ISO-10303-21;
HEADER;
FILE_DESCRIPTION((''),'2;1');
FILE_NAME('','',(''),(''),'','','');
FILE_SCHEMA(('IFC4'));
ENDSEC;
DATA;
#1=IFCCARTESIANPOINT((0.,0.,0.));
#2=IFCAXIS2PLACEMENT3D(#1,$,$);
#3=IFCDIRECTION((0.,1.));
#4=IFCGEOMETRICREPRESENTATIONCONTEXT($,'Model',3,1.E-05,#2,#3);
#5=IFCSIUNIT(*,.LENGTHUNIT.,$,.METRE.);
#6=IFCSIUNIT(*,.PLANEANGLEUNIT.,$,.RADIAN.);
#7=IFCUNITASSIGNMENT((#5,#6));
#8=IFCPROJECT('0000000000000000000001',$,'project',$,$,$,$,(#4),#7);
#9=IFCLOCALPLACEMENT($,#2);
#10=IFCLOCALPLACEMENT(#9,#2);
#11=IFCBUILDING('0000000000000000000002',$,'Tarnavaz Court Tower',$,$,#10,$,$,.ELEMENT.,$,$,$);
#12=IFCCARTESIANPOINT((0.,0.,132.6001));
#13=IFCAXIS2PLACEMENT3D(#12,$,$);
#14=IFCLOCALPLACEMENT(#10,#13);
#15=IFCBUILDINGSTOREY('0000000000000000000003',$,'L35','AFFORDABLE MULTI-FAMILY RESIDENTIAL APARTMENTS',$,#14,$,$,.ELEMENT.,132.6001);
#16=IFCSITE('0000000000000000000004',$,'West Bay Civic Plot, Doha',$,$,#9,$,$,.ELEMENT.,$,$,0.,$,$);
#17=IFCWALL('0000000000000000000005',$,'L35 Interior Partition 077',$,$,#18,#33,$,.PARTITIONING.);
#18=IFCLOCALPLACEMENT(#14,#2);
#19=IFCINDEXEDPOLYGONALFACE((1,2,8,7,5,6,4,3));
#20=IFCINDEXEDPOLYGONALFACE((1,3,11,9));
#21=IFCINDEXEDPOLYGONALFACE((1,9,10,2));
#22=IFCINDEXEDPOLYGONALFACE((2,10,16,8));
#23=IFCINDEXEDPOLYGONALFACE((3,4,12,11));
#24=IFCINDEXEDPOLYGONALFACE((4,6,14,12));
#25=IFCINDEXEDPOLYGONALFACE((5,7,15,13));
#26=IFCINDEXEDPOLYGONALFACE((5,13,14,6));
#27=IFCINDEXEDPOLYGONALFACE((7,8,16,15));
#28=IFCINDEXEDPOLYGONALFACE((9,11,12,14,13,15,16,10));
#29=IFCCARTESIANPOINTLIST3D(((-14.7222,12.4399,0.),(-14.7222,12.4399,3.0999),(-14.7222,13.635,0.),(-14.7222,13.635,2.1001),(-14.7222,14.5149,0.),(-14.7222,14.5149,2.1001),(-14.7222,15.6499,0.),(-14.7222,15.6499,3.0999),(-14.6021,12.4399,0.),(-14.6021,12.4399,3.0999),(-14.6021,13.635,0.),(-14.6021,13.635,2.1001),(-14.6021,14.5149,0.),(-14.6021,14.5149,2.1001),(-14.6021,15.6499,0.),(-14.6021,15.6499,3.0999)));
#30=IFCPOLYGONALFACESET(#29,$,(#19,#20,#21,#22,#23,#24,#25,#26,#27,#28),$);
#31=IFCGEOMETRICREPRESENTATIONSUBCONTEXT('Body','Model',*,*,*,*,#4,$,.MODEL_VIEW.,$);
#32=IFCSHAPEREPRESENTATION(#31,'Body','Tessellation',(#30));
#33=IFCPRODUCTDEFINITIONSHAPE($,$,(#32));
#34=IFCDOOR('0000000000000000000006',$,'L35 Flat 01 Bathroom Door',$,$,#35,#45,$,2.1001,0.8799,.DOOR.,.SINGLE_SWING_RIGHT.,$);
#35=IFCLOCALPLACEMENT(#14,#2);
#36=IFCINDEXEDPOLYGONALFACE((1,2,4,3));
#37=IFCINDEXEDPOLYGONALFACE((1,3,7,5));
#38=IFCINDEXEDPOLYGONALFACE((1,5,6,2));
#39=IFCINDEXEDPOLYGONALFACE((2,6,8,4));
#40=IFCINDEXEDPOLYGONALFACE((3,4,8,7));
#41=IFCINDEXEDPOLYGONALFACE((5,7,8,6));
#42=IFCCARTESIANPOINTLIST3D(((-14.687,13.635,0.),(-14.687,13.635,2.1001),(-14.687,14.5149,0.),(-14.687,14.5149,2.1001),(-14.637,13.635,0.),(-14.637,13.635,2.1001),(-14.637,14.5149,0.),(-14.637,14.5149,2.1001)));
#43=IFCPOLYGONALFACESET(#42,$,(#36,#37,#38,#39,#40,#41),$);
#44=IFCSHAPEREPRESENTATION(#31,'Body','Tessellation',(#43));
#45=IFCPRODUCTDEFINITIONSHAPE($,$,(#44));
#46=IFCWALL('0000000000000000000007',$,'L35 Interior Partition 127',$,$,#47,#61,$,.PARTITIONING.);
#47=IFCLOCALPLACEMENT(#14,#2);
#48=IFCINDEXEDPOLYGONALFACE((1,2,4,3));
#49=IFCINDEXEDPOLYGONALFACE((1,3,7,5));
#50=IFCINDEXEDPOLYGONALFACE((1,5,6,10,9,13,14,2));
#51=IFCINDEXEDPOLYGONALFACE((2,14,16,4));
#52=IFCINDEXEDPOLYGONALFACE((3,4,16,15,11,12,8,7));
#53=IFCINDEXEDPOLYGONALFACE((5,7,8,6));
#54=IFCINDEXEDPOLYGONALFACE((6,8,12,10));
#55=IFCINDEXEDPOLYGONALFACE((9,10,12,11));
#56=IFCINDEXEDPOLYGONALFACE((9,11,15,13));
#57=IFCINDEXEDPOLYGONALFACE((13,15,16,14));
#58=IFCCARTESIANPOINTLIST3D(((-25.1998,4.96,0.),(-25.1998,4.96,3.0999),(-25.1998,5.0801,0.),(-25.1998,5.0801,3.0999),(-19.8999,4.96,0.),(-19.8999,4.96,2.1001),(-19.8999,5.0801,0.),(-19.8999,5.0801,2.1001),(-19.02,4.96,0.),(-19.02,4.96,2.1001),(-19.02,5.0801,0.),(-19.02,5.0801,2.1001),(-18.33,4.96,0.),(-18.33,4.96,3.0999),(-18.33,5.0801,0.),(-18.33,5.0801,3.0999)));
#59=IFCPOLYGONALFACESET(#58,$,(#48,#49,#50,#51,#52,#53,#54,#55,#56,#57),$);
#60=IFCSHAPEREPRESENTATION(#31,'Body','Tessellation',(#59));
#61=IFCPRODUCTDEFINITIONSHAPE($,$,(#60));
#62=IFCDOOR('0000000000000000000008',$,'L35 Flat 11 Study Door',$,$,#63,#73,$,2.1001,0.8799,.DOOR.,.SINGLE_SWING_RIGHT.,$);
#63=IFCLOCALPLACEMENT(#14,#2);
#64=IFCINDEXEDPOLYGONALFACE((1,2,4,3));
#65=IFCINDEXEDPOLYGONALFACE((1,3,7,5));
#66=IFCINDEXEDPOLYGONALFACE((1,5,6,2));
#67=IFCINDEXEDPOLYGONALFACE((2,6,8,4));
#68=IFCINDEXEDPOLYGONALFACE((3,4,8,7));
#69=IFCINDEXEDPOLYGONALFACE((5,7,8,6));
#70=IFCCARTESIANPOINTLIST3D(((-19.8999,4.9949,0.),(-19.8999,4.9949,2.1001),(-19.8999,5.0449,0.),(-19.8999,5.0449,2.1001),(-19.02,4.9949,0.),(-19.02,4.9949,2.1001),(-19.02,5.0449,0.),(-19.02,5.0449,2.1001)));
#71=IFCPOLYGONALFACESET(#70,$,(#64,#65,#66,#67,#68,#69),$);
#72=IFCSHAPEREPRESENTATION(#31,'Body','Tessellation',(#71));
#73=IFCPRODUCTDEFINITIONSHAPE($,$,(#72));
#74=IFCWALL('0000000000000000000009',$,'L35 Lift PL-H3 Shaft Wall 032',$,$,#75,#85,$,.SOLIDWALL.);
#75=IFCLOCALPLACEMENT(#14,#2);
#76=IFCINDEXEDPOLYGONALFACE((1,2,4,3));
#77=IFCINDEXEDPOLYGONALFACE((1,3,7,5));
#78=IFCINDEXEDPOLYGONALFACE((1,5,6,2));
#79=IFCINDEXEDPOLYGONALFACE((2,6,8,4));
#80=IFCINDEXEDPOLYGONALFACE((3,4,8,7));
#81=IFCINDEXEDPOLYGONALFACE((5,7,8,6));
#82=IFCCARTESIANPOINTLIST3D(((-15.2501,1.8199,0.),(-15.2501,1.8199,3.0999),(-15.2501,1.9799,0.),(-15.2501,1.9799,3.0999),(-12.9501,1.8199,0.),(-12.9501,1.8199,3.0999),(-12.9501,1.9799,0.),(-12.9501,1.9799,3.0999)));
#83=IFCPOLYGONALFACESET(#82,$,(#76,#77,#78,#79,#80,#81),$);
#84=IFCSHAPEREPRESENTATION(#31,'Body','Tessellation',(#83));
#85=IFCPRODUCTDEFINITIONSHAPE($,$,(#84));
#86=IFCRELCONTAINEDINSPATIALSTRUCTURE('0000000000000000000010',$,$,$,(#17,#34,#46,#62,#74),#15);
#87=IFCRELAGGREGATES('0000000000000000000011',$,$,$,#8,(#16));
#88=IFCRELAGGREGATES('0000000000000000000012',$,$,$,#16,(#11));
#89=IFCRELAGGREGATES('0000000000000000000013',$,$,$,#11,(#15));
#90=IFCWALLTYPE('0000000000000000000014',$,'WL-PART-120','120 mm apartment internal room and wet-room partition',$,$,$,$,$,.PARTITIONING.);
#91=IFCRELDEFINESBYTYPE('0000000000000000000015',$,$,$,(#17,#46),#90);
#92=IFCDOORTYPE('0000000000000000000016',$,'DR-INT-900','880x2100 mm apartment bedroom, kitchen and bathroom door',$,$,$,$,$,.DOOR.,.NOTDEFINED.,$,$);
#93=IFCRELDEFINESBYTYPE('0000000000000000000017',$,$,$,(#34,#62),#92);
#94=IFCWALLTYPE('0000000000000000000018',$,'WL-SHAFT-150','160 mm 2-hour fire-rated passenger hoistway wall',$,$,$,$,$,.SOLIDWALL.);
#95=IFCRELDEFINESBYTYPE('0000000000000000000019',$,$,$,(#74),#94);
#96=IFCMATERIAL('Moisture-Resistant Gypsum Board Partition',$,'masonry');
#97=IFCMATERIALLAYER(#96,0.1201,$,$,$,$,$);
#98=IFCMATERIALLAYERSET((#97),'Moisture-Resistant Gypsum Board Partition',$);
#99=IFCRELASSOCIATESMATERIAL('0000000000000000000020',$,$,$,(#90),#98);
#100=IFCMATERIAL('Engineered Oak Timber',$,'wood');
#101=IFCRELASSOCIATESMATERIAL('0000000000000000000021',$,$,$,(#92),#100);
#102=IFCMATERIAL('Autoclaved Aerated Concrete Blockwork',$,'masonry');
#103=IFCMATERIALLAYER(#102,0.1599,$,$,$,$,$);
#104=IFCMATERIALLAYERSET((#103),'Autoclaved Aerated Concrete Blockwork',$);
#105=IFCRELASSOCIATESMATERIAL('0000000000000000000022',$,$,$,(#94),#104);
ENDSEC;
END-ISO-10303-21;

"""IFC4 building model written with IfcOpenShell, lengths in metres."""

from ifc_helpers import new_model, si_unit, direction, frame, frame_2d, origin, place, context, subcontext, project, spatial, rectangle, extrude, material, layer, layer_set, type_object, element, fill, save


model = new_model("IFC4")

# Units and contexts
model_context = context("Model", 3, precision=1e-05, world=origin(), true_north=direction((0.0, 1.0)))
body_context = subcontext(model_context, "Body", "Model", "MODEL_VIEW")
ifc_project = project(units=[si_unit("LENGTHUNIT", "METRE"), si_unit("PLANEANGLEUNIT", "RADIAN")], contexts=[model_context])

# Site, building, storey
site_placement = place(None, origin())
site = spatial("IfcSite", under=ifc_project, at=site_placement, Name="West Bay Civic Plot, Doha", CompositionType="ELEMENT", RefElevation=0.0)
building_placement = place(site_placement, origin())
building = spatial("IfcBuilding", under=site, at=building_placement, Name="Tarnavaz Court Tower", CompositionType="ELEMENT")
storey_placement = place(building_placement, frame((0.0, 0.0, 132.6001)))
storey = spatial("IfcBuildingStorey", under=building, at=storey_placement, Name="L35", Description="AFFORDABLE MULTI-FAMILY RESIDENTIAL APARTMENTS", CompositionType="ELEMENT", Elevation=132.6001)

# Shared definitions
ifc_material_1 = material(Name="Engineered Oak Timber", Category="wood")

# Shared definitions
ifc_material_2 = material(Name="Autoclaved Aerated Concrete Blockwork", Category="masonry")

# Walls, openings, doors
ifc_material_3 = material(Name="Moisture-Resistant Gypsum Board Partition", Category="masonry")
ifc_layer_1 = layer(ifc_material_3, 0.1201)
ifc_layer_set_1 = layer_set([ifc_layer_1], Name="Moisture-Resistant Gypsum Board Partition")
wall_type_1 = type_object("IfcWallType", Name="WL-PART-120", Description="120 mm apartment internal room and wet-room partition", PredefinedType="PARTITIONING", material=ifc_layer_set_1)
wall_1_placement = place(storey_placement, frame((-14.6621, 12.4399, 0.0), z_axis=(0.0, 0.0, 1.0), x_axis=(0.0, 1.0, 0.0)))
wall_1 = element("IfcWall", 1, at=wall_1_placement, inside=storey, type_object=wall_type_1, Name="L35 Interior Partition 077", PredefinedType="PARTITIONING", context=body_context, shape_type="SweptSolid", body=[
    extrude(rectangle(XDim=3.21, YDim=0.1201, at=frame_2d((1.605, 0.0))), origin(), (0.0, 0.0, 1.0), 3.0999),
])
opening_1_placement = place(wall_1_placement, frame((1.1951, 0.0, 0.0)))
opening_1 = element("IfcOpeningElement", 2, at=opening_1_placement, cuts=wall_1, PredefinedType="OPENING", context=body_context, shape_type="SweptSolid", body=[
    extrude(rectangle(XDim=0.8799, YDim=2.1001, at=frame_2d((0.4399, 1.05))), frame((0.0, 0.0701, 0.0), z_axis=(0.0, -1.0, 0.0), x_axis=(1.0, 0.0, 0.0)), (0.0, 0.0, 1.0), 0.1401),
])
door_type_1 = type_object("IfcDoorType", Name="DR-INT-900", Description="880x2100 mm apartment bedroom, kitchen and bathroom door", OperationType="NOTDEFINED", PredefinedType="DOOR", material=ifc_material_1)
door_1_placement = place(opening_1_placement, origin())
door_1 = element("IfcDoor", 3, at=door_1_placement, inside=storey, type_object=door_type_1, Name="L35 Flat 01 Bathroom Door", OperationType="SINGLE_SWING_RIGHT", OverallHeight=2.1001, OverallWidth=0.8799, PredefinedType="DOOR", context=body_context, shape_type="SweptSolid", body=[
    extrude(rectangle(XDim=0.8799, YDim=2.1001, at=frame_2d((0.4399, 1.05))), frame((0.0, 0.0249, 0.0), z_axis=(0.0, -1.0, 0.0), x_axis=(1.0, 0.0, 0.0)), (0.0, 0.0, 1.0), 0.05),
])
fill(opening_1, door_1)
wall_2_placement = place(storey_placement, frame((-25.2, 5.02, 0.0), z_axis=(0.0, 0.0, 1.0), x_axis=(1.0, 0.0, 0.0)))
wall_2 = element("IfcWall", 4, at=wall_2_placement, inside=storey, type_object=wall_type_1, Name="L35 Interior Partition 127", PredefinedType="PARTITIONING", context=body_context, shape_type="SweptSolid", body=[
    extrude(rectangle(XDim=6.8699, YDim=0.1201, at=frame_2d((3.4351, 0.0))), origin(), (0.0, 0.0, 1.0), 3.0999),
])
opening_2_placement = place(wall_2_placement, frame((5.3, 0.0, 0.0)))
opening_2 = element("IfcOpeningElement", 5, at=opening_2_placement, cuts=wall_2, PredefinedType="OPENING", context=body_context, shape_type="SweptSolid", body=[
    extrude(rectangle(XDim=0.8799, YDim=2.1001, at=frame_2d((0.4399, 1.05))), frame((0.0, 0.0701, 0.0), z_axis=(0.0, -1.0, 0.0), x_axis=(1.0, 0.0, 0.0)), (0.0, 0.0, 1.0), 0.1401),
])
door_2_placement = place(opening_2_placement, origin())
door_2 = element("IfcDoor", 6, at=door_2_placement, inside=storey, type_object=door_type_1, Name="L35 Flat 11 Study Door", OperationType="SINGLE_SWING_RIGHT", OverallHeight=2.1001, OverallWidth=0.8799, PredefinedType="DOOR", context=body_context, shape_type="SweptSolid", body=[
    extrude(rectangle(XDim=0.8799, YDim=2.1001, at=frame_2d((0.4399, 1.05))), frame((0.0, 0.0249, 0.0), z_axis=(0.0, -1.0, 0.0), x_axis=(1.0, 0.0, 0.0)), (0.0, 0.0, 1.0), 0.05),
])
fill(opening_2, door_2)

# Wall
ifc_layer_2 = layer(ifc_material_2, 0.1599)
ifc_layer_set_2 = layer_set([ifc_layer_2], Name="Autoclaved Aerated Concrete Blockwork")
wall_type_2 = type_object("IfcWallType", Name="WL-SHAFT-150", Description="160 mm 2-hour fire-rated passenger hoistway wall", PredefinedType="SOLIDWALL", material=ifc_layer_set_2)
wall_3_placement = place(storey_placement, frame((-15.25, 1.8999, 0.0), z_axis=(0.0, 0.0, 1.0), x_axis=(1.0, 0.0, 0.0)))
element("IfcWall", 7, at=wall_3_placement, inside=storey, type_object=wall_type_2, Name="L35 Lift PL-H3 Shaft Wall 032", PredefinedType="SOLIDWALL", context=body_context, shape_type="SweptSolid", body=[
    extrude(rectangle(XDim=2.3, YDim=0.1599, at=frame_2d((1.1499, 0.0))), origin(), (0.0, 0.0, 1.0), 3.0999),
])

save(model, "model.ifc")
